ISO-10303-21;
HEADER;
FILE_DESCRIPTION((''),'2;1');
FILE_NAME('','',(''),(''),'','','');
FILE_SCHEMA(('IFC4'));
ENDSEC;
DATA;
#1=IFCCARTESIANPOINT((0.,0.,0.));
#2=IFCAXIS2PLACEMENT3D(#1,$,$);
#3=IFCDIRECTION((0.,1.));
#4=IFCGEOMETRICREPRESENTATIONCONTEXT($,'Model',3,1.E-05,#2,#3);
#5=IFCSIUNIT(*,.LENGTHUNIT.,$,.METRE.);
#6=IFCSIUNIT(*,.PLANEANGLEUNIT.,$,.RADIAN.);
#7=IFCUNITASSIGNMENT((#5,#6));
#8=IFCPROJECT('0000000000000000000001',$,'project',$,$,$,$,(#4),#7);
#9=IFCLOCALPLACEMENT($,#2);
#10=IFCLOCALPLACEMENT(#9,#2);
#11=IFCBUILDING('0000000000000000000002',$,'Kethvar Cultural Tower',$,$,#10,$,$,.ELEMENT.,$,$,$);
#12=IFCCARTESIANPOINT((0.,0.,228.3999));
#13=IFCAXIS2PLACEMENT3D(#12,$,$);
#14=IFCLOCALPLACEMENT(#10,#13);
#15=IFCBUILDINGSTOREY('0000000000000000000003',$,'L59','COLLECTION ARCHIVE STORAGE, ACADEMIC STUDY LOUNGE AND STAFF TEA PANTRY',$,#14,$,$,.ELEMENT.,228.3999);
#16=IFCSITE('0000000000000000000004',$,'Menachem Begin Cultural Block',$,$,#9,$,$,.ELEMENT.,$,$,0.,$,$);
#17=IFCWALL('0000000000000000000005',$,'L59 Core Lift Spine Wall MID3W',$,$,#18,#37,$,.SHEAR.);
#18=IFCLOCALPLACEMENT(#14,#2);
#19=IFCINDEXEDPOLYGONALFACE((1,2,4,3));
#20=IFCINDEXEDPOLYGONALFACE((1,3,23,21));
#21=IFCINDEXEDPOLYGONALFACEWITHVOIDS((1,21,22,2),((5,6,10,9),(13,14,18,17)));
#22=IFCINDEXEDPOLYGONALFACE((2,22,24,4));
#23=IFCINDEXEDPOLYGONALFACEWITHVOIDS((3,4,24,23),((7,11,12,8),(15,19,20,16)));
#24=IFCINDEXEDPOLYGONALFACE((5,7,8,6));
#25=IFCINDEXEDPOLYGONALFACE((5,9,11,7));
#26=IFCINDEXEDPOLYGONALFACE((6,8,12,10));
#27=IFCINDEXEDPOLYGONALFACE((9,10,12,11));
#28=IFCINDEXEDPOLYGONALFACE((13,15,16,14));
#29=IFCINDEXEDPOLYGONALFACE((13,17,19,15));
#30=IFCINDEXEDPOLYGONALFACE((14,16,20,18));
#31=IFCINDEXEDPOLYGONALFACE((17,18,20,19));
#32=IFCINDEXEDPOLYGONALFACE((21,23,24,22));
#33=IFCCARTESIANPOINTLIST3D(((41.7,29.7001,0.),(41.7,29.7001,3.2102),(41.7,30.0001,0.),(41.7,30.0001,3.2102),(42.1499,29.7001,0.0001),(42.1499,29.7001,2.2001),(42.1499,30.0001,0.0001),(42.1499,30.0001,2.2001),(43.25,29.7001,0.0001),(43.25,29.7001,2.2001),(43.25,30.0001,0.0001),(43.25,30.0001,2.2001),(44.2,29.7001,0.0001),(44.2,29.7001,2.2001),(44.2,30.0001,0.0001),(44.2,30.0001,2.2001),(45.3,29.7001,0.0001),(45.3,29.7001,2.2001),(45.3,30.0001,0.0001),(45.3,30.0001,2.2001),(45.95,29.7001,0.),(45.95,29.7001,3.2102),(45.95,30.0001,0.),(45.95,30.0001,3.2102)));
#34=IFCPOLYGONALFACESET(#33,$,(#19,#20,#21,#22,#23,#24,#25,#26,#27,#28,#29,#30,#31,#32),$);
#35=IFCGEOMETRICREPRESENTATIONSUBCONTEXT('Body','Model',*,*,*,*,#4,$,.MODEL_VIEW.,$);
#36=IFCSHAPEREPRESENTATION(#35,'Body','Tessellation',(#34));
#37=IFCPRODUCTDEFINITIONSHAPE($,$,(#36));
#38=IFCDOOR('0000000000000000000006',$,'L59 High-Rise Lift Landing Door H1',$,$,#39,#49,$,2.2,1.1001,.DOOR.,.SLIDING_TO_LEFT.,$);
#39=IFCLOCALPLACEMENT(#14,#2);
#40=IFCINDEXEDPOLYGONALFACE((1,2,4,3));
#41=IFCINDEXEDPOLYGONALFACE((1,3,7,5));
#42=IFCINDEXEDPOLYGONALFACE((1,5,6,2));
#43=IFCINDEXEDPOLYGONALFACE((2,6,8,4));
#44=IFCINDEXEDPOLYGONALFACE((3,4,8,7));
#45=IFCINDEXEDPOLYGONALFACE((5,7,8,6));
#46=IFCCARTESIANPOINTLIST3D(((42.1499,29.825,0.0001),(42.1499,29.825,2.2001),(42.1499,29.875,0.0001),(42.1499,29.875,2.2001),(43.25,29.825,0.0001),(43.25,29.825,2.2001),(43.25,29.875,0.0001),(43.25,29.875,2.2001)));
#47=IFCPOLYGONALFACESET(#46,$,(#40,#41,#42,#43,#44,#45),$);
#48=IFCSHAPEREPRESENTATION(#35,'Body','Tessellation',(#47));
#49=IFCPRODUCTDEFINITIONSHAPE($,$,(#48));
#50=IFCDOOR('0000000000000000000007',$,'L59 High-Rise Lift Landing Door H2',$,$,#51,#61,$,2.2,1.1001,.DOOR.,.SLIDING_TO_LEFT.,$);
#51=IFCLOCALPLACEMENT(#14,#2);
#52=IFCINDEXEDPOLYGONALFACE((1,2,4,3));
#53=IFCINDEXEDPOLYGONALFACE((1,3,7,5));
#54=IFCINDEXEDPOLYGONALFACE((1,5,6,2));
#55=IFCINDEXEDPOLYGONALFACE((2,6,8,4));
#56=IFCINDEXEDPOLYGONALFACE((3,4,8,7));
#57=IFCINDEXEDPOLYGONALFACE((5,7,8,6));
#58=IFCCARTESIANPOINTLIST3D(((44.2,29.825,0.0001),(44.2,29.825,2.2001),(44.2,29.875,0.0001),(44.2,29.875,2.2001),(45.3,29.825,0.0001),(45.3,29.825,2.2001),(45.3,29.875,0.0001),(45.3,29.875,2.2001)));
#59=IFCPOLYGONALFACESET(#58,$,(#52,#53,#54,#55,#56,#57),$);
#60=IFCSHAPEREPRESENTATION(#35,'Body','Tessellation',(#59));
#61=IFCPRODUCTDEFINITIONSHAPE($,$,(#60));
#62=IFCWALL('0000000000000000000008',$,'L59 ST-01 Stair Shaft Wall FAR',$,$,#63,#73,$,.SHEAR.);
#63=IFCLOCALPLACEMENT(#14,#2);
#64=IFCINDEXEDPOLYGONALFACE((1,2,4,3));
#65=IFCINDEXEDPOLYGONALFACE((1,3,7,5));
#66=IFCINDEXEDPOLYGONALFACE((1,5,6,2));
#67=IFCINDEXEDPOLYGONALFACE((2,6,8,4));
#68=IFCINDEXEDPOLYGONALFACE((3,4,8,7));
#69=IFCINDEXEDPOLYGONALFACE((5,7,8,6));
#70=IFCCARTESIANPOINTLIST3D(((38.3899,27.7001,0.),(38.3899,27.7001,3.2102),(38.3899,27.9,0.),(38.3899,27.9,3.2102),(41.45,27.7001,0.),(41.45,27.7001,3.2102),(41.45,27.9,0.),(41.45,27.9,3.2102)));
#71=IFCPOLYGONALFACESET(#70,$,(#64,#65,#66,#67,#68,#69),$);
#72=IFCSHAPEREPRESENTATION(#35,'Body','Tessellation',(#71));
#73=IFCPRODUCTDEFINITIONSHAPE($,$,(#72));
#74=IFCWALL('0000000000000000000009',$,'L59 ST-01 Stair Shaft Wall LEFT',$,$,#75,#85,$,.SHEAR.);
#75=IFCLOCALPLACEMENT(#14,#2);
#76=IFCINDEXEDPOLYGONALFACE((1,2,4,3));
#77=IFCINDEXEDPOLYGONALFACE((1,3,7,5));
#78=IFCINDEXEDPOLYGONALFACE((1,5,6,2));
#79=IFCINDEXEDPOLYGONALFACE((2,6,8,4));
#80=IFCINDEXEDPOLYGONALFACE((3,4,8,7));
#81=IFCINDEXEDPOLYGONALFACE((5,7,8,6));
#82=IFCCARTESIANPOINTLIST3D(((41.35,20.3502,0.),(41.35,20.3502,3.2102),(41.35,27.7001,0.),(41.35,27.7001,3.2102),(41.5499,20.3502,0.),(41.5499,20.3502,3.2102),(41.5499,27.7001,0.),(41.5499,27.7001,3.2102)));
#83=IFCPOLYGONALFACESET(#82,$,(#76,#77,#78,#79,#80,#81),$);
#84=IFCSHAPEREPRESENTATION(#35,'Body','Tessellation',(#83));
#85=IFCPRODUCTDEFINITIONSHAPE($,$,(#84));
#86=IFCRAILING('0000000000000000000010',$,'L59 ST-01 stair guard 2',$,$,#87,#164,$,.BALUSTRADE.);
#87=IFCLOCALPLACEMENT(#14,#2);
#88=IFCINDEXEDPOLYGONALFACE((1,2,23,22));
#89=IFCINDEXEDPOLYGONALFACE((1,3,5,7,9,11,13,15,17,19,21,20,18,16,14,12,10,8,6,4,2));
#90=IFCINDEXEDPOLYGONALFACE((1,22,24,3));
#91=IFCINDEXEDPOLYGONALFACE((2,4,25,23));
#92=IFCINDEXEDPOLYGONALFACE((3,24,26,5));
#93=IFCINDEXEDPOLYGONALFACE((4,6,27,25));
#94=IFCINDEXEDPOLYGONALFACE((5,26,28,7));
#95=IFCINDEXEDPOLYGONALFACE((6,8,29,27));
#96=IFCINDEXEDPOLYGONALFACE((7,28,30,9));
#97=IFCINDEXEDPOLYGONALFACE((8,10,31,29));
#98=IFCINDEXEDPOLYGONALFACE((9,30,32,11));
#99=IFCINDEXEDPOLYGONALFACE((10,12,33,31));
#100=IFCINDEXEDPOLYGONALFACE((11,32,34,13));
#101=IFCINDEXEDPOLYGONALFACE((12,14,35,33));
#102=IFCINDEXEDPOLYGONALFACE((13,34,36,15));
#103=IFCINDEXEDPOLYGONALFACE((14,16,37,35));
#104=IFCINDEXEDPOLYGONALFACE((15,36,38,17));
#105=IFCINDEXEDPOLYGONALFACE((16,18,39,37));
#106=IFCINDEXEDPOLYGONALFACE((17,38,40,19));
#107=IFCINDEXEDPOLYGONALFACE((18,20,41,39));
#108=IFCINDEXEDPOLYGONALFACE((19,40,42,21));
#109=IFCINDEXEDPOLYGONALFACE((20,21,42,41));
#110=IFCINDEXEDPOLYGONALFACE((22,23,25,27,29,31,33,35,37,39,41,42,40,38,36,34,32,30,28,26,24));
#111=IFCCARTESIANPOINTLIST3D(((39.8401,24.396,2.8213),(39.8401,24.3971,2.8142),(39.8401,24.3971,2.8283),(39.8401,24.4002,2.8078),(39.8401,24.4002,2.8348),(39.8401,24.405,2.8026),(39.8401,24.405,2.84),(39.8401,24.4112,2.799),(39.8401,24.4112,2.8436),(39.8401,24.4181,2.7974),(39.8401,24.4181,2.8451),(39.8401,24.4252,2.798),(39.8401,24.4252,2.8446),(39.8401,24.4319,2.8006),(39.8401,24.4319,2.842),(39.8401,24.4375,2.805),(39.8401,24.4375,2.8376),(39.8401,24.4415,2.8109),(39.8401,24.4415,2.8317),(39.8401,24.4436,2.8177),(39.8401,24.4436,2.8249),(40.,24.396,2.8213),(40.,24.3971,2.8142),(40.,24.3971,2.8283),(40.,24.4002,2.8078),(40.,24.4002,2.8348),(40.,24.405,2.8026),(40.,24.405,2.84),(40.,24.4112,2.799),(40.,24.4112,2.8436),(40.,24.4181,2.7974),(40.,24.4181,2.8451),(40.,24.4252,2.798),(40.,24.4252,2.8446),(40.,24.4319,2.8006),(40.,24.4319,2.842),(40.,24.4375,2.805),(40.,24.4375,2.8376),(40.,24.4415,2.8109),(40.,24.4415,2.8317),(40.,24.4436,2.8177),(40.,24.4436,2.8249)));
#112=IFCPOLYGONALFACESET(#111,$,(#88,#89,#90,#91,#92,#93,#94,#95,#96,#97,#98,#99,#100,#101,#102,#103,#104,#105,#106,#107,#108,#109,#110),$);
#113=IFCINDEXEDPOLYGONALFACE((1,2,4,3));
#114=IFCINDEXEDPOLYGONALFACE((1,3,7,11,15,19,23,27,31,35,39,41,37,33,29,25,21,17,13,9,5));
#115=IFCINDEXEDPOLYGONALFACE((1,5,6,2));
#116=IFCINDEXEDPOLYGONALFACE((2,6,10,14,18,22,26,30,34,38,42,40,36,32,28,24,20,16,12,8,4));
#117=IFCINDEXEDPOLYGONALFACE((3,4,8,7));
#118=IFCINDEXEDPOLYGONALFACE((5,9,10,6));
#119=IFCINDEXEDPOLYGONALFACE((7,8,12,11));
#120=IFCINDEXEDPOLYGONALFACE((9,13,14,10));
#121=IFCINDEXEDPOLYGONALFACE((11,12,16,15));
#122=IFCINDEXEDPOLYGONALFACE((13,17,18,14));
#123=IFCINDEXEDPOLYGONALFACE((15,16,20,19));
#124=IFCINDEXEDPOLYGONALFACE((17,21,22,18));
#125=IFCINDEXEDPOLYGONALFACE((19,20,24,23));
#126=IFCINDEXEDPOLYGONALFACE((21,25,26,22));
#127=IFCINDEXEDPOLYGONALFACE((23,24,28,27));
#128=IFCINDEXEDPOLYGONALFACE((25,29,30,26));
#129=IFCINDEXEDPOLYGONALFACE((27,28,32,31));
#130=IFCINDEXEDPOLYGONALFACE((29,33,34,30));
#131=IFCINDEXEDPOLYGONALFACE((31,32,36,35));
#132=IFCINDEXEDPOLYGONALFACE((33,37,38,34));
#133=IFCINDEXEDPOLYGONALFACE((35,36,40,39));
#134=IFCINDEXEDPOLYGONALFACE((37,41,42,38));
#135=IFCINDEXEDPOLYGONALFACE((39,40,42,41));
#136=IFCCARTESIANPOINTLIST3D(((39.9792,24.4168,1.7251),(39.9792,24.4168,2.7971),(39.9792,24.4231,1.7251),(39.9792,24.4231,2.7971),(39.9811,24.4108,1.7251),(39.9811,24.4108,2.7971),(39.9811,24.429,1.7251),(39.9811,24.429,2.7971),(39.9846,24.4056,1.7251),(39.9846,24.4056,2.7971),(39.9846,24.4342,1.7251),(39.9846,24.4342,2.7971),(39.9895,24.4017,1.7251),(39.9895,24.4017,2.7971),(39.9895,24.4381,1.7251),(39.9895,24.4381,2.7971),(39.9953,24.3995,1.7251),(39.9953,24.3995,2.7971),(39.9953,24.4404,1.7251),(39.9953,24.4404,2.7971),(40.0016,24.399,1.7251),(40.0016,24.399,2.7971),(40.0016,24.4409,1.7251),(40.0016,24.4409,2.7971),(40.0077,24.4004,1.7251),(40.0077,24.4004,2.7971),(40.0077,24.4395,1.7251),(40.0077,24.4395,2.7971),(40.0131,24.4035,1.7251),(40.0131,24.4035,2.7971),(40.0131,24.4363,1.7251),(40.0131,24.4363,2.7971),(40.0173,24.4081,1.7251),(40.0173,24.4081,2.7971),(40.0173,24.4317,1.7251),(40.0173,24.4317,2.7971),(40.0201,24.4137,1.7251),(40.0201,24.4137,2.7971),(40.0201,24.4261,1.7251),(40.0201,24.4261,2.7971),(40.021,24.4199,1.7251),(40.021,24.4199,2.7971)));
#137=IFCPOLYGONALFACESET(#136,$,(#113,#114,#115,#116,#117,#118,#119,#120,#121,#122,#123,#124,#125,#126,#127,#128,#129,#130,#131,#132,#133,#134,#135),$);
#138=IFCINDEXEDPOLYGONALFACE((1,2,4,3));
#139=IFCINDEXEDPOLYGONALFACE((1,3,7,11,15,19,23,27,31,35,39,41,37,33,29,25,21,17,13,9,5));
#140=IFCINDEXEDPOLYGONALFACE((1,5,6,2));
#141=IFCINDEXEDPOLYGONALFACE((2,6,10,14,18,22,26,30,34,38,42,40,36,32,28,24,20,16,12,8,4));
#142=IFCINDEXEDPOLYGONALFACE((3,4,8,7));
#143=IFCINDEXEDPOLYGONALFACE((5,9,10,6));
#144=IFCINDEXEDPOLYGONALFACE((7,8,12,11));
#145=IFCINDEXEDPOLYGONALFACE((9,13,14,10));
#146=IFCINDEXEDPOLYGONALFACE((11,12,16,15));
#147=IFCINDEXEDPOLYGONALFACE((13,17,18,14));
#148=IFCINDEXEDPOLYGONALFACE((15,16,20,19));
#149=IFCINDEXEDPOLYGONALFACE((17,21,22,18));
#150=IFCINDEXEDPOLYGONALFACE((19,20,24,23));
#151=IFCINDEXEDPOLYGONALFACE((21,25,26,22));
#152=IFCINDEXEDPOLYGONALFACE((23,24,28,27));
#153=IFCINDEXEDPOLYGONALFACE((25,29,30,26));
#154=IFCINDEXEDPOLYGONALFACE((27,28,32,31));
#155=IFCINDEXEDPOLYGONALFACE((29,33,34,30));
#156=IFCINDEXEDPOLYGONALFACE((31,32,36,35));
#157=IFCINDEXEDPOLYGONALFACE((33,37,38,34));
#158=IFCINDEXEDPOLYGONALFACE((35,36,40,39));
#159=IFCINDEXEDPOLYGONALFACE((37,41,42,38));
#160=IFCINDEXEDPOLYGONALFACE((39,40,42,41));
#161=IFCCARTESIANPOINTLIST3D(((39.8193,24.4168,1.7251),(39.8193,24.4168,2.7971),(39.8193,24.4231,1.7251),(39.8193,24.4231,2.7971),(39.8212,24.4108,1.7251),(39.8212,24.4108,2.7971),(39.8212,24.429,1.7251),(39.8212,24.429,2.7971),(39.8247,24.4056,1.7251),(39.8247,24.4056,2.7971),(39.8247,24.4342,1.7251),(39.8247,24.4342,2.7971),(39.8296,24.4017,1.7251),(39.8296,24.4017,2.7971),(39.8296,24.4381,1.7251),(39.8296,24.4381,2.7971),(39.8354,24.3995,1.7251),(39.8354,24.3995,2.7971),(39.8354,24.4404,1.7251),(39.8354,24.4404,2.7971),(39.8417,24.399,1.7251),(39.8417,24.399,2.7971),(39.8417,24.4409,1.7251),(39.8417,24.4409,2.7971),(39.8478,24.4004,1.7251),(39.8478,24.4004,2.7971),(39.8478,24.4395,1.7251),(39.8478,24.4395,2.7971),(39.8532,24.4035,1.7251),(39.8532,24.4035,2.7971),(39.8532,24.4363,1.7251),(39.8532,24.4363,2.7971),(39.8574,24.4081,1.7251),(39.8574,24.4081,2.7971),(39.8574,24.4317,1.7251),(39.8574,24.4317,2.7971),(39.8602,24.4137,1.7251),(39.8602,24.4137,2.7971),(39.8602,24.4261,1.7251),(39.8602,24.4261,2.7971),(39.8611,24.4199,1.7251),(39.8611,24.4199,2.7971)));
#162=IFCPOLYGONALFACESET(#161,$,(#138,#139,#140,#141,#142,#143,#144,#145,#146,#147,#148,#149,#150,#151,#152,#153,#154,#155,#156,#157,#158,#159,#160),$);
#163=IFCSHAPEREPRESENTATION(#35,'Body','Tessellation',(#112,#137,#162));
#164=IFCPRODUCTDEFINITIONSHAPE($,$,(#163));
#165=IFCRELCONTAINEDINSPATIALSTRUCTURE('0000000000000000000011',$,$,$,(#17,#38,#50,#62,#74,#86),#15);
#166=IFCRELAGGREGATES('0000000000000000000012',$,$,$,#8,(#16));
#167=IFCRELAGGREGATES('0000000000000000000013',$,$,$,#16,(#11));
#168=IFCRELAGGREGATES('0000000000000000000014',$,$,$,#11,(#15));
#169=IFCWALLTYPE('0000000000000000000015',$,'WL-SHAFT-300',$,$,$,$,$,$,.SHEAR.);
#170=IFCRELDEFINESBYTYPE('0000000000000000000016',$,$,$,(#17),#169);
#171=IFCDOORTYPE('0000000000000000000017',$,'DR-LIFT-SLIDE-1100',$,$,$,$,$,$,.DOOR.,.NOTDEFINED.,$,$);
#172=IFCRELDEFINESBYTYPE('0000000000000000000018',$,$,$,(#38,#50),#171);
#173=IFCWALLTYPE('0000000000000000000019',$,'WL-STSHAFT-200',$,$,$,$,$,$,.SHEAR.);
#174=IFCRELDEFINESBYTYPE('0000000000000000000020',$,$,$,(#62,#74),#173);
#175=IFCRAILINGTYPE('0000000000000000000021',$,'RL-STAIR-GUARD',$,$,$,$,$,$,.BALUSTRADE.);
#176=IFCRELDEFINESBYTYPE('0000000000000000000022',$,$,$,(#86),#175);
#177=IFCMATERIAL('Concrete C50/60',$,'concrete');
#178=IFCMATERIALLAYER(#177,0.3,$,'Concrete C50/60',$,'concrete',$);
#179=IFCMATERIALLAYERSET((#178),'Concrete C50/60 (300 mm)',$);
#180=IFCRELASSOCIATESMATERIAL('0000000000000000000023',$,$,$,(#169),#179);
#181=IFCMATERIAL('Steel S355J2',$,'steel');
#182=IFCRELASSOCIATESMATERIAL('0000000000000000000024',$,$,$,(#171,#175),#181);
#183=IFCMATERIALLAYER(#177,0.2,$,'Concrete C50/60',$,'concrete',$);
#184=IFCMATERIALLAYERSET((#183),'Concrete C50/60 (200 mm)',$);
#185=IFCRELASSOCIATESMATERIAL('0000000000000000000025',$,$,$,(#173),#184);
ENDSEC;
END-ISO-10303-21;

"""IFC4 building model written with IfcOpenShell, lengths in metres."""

from ifc_helpers import new_model, si_unit, direction, frame, frame_2d, origin, origin_2d, place, context, subcontext, project, spatial, rectangle, circle, extrude, source, transform, mapped, material, layer, layer_set, type_object, element, fill, save


model = new_model("IFC4")

# Units and contexts
model_context = context("Model", 3, precision=1e-05, world=origin(), true_north=direction((0.0, 1.0)))
body_context = subcontext(model_context, "Body", "Model", "MODEL_VIEW")
ifc_project = project(units=[si_unit("LENGTHUNIT", "METRE"), si_unit("PLANEANGLEUNIT", "RADIAN")], contexts=[model_context])

# Site, building, storey
site_placement = place(None, origin())
site = spatial("IfcSite", under=ifc_project, at=site_placement, Name="Menachem Begin Cultural Block", CompositionType="ELEMENT", RefElevation=0.0)
building_placement = place(site_placement, origin())
building = spatial("IfcBuilding", under=site, at=building_placement, Name="Kethvar Cultural Tower", CompositionType="ELEMENT")
storey_placement = place(building_placement, frame((0.0, 0.0, 228.3999)))
storey = spatial("IfcBuildingStorey", under=building, at=storey_placement, Name="L59", Description="COLLECTION ARCHIVE STORAGE, ACADEMIC STUDY LOUNGE AND STAFF TEA PANTRY", CompositionType="ELEMENT", Elevation=228.3999)

# Shared definitions
ifc_material_1 = material(Name="Steel S355J2", Category="steel")

# Shared definitions
ifc_material_2 = material(Name="Concrete C50/60", Category="concrete")
ifc_layer_1 = layer(ifc_material_2, 0.3, Name="Concrete C50/60", Category="concrete")
ifc_layer_set_1 = layer_set([ifc_layer_1], Name="Concrete C50/60 (300 mm)")
wall_type_1 = type_object("IfcWallType", Name="WL-SHAFT-300", PredefinedType="SHEAR", material=ifc_layer_set_1)

# Wall, openings, doors
wall_1_placement = place(storey_placement, frame((41.7, 29.8501, 0.0), z_axis=(0.0, 0.0, 1.0), x_axis=(1.0, 0.0, 0.0)))
wall_1 = element("IfcWall", 1, at=wall_1_placement, inside=storey, type_object=wall_type_1, Name="L59 Core Lift Spine Wall MID3W", PredefinedType="SHEAR", context=body_context, shape_type="SweptSolid", body=[
    extrude(rectangle(XDim=4.25, YDim=0.3, at=frame_2d((2.125, 0.0))), origin(), (0.0, 0.0, 1.0), 3.2102),
])
opening_1_placement = place(wall_1_placement, frame((0.45, 0.0, 0.0)))
opening_1 = element("IfcOpeningElement", 2, at=opening_1_placement, cuts=wall_1, PredefinedType="OPENING", context=body_context, shape_type="SweptSolid", body=[
    extrude(rectangle(XDim=1.1001, YDim=2.2, at=frame_2d((0.55, 1.1001))), frame((0.0, 0.1599, 0.0), z_axis=(0.0, -1.0, 0.0), x_axis=(1.0, 0.0, 0.0)), (0.0, 0.0, 1.0), 0.3201),
])
opening_2_placement = place(wall_1_placement, frame((2.5, 0.0, 0.0)))
opening_2 = element("IfcOpeningElement", 3, at=opening_2_placement, cuts=wall_1, PredefinedType="OPENING", context=body_context, shape_type="SweptSolid", body=[
    extrude(rectangle(XDim=1.1001, YDim=2.2, at=frame_2d((0.55, 1.1001))), frame((0.0, 0.1599, 0.0), z_axis=(0.0, -1.0, 0.0), x_axis=(1.0, 0.0, 0.0)), (0.0, 0.0, 1.0), 0.3201),
])
door_type_1 = type_object("IfcDoorType", Name="DR-LIFT-SLIDE-1100", OperationType="NOTDEFINED", PredefinedType="DOOR", material=ifc_material_1)
shared_shape_1 = source(origin(), body_context, "Body", "SweptSolid", [
    extrude(rectangle(XDim=1.1001, YDim=2.2, at=frame_2d((0.55, 1.1001))), frame((0.0, 0.0249, 0.0), z_axis=(0.0, -1.0, 0.0), x_axis=(1.0, 0.0, 0.0)), (0.0, 0.0, 1.0), 0.05),
])
door_1_placement = place(opening_1_placement, origin())
door_1 = element("IfcDoor", 4, at=door_1_placement, inside=storey, type_object=door_type_1, Name="L59 High-Rise Lift Landing Door H1", OperationType="SLIDING_TO_LEFT", OverallHeight=2.2, OverallWidth=1.1001, PredefinedType="DOOR", context=body_context, shape_type="MappedRepresentation", body=[
    mapped(shared_shape_1, transform((0.0, 0.0, 0.0), scale=1.0)),
])
fill(opening_1, door_1)
door_2_placement = place(opening_2_placement, origin())
door_2 = element("IfcDoor", 5, at=door_2_placement, inside=storey, type_object=door_type_1, Name="L59 High-Rise Lift Landing Door H2", OperationType="SLIDING_TO_LEFT", OverallHeight=2.2, OverallWidth=1.1001, PredefinedType="DOOR", context=body_context, shape_type="MappedRepresentation", body=[
    mapped(shared_shape_1, transform((0.0, 0.0, 0.0), scale=1.0)),
])
fill(opening_2, door_2)

# Walls
ifc_layer_2 = layer(ifc_material_2, 0.2, Name="Concrete C50/60", Category="concrete")
ifc_layer_set_2 = layer_set([ifc_layer_2], Name="Concrete C50/60 (200 mm)")
wall_type_2 = type_object("IfcWallType", Name="WL-STSHAFT-200", PredefinedType="SHEAR", material=ifc_layer_set_2)
wall_2_placement = place(storey_placement, frame((38.3899, 27.8, 0.0), z_axis=(0.0, 0.0, 1.0), x_axis=(1.0, 0.0, 0.0)))
element("IfcWall", 6, at=wall_2_placement, inside=storey, type_object=wall_type_2, Name="L59 ST-01 Stair Shaft Wall FAR", PredefinedType="SHEAR", context=body_context, shape_type="SweptSolid", body=[
    extrude(rectangle(XDim=3.0601, YDim=0.2, at=frame_2d((1.53, 0.0))), origin(), (0.0, 0.0, 1.0), 3.2102),
])
wall_3_placement = place(storey_placement, frame((41.45, 27.7, 0.0), z_axis=(0.0, 0.0, 1.0), x_axis=(0.0, -1.0, 0.0)))
element("IfcWall", 7, at=wall_3_placement, inside=storey, type_object=wall_type_2, Name="L59 ST-01 Stair Shaft Wall LEFT", PredefinedType="SHEAR", context=body_context, shape_type="SweptSolid", body=[
    extrude(rectangle(XDim=7.3499, YDim=0.2, at=frame_2d((3.6748, 0.0))), origin(), (0.0, 0.0, 1.0), 3.2102),
])

# Railing
railing_type = type_object("IfcRailingType", Name="RL-STAIR-GUARD", PredefinedType="BALUSTRADE", material=ifc_material_1)
railing_placement = place(storey_placement, frame((40.0, 24.4199, 1.7251)))
element("IfcRailing", 8, at=railing_placement, inside=storey, type_object=railing_type, Name="L59 ST-01 stair guard 2", PredefinedType="BALUSTRADE", context=body_context, shape_type="SweptSolid", body=[
    extrude(circle(Radius=0.0239, at=origin_2d()), frame((0.0, 0.0, 1.0962), z_axis=(-1.0, 0.0, 0.0), x_axis=(0.0, -1.0, 0.0)), (0.0, 0.0, 1.0), 0.1599),
    extrude(circle(Radius=0.021, at=origin_2d()), origin(), (0.0, 0.0, 1.0), 1.072),
    extrude(circle(Radius=0.021, at=origin_2d()), frame((-0.1599, 0.0, 0.0)), (0.0, 0.0, 1.0), 1.072),
])

save(model, "model.ifc")
